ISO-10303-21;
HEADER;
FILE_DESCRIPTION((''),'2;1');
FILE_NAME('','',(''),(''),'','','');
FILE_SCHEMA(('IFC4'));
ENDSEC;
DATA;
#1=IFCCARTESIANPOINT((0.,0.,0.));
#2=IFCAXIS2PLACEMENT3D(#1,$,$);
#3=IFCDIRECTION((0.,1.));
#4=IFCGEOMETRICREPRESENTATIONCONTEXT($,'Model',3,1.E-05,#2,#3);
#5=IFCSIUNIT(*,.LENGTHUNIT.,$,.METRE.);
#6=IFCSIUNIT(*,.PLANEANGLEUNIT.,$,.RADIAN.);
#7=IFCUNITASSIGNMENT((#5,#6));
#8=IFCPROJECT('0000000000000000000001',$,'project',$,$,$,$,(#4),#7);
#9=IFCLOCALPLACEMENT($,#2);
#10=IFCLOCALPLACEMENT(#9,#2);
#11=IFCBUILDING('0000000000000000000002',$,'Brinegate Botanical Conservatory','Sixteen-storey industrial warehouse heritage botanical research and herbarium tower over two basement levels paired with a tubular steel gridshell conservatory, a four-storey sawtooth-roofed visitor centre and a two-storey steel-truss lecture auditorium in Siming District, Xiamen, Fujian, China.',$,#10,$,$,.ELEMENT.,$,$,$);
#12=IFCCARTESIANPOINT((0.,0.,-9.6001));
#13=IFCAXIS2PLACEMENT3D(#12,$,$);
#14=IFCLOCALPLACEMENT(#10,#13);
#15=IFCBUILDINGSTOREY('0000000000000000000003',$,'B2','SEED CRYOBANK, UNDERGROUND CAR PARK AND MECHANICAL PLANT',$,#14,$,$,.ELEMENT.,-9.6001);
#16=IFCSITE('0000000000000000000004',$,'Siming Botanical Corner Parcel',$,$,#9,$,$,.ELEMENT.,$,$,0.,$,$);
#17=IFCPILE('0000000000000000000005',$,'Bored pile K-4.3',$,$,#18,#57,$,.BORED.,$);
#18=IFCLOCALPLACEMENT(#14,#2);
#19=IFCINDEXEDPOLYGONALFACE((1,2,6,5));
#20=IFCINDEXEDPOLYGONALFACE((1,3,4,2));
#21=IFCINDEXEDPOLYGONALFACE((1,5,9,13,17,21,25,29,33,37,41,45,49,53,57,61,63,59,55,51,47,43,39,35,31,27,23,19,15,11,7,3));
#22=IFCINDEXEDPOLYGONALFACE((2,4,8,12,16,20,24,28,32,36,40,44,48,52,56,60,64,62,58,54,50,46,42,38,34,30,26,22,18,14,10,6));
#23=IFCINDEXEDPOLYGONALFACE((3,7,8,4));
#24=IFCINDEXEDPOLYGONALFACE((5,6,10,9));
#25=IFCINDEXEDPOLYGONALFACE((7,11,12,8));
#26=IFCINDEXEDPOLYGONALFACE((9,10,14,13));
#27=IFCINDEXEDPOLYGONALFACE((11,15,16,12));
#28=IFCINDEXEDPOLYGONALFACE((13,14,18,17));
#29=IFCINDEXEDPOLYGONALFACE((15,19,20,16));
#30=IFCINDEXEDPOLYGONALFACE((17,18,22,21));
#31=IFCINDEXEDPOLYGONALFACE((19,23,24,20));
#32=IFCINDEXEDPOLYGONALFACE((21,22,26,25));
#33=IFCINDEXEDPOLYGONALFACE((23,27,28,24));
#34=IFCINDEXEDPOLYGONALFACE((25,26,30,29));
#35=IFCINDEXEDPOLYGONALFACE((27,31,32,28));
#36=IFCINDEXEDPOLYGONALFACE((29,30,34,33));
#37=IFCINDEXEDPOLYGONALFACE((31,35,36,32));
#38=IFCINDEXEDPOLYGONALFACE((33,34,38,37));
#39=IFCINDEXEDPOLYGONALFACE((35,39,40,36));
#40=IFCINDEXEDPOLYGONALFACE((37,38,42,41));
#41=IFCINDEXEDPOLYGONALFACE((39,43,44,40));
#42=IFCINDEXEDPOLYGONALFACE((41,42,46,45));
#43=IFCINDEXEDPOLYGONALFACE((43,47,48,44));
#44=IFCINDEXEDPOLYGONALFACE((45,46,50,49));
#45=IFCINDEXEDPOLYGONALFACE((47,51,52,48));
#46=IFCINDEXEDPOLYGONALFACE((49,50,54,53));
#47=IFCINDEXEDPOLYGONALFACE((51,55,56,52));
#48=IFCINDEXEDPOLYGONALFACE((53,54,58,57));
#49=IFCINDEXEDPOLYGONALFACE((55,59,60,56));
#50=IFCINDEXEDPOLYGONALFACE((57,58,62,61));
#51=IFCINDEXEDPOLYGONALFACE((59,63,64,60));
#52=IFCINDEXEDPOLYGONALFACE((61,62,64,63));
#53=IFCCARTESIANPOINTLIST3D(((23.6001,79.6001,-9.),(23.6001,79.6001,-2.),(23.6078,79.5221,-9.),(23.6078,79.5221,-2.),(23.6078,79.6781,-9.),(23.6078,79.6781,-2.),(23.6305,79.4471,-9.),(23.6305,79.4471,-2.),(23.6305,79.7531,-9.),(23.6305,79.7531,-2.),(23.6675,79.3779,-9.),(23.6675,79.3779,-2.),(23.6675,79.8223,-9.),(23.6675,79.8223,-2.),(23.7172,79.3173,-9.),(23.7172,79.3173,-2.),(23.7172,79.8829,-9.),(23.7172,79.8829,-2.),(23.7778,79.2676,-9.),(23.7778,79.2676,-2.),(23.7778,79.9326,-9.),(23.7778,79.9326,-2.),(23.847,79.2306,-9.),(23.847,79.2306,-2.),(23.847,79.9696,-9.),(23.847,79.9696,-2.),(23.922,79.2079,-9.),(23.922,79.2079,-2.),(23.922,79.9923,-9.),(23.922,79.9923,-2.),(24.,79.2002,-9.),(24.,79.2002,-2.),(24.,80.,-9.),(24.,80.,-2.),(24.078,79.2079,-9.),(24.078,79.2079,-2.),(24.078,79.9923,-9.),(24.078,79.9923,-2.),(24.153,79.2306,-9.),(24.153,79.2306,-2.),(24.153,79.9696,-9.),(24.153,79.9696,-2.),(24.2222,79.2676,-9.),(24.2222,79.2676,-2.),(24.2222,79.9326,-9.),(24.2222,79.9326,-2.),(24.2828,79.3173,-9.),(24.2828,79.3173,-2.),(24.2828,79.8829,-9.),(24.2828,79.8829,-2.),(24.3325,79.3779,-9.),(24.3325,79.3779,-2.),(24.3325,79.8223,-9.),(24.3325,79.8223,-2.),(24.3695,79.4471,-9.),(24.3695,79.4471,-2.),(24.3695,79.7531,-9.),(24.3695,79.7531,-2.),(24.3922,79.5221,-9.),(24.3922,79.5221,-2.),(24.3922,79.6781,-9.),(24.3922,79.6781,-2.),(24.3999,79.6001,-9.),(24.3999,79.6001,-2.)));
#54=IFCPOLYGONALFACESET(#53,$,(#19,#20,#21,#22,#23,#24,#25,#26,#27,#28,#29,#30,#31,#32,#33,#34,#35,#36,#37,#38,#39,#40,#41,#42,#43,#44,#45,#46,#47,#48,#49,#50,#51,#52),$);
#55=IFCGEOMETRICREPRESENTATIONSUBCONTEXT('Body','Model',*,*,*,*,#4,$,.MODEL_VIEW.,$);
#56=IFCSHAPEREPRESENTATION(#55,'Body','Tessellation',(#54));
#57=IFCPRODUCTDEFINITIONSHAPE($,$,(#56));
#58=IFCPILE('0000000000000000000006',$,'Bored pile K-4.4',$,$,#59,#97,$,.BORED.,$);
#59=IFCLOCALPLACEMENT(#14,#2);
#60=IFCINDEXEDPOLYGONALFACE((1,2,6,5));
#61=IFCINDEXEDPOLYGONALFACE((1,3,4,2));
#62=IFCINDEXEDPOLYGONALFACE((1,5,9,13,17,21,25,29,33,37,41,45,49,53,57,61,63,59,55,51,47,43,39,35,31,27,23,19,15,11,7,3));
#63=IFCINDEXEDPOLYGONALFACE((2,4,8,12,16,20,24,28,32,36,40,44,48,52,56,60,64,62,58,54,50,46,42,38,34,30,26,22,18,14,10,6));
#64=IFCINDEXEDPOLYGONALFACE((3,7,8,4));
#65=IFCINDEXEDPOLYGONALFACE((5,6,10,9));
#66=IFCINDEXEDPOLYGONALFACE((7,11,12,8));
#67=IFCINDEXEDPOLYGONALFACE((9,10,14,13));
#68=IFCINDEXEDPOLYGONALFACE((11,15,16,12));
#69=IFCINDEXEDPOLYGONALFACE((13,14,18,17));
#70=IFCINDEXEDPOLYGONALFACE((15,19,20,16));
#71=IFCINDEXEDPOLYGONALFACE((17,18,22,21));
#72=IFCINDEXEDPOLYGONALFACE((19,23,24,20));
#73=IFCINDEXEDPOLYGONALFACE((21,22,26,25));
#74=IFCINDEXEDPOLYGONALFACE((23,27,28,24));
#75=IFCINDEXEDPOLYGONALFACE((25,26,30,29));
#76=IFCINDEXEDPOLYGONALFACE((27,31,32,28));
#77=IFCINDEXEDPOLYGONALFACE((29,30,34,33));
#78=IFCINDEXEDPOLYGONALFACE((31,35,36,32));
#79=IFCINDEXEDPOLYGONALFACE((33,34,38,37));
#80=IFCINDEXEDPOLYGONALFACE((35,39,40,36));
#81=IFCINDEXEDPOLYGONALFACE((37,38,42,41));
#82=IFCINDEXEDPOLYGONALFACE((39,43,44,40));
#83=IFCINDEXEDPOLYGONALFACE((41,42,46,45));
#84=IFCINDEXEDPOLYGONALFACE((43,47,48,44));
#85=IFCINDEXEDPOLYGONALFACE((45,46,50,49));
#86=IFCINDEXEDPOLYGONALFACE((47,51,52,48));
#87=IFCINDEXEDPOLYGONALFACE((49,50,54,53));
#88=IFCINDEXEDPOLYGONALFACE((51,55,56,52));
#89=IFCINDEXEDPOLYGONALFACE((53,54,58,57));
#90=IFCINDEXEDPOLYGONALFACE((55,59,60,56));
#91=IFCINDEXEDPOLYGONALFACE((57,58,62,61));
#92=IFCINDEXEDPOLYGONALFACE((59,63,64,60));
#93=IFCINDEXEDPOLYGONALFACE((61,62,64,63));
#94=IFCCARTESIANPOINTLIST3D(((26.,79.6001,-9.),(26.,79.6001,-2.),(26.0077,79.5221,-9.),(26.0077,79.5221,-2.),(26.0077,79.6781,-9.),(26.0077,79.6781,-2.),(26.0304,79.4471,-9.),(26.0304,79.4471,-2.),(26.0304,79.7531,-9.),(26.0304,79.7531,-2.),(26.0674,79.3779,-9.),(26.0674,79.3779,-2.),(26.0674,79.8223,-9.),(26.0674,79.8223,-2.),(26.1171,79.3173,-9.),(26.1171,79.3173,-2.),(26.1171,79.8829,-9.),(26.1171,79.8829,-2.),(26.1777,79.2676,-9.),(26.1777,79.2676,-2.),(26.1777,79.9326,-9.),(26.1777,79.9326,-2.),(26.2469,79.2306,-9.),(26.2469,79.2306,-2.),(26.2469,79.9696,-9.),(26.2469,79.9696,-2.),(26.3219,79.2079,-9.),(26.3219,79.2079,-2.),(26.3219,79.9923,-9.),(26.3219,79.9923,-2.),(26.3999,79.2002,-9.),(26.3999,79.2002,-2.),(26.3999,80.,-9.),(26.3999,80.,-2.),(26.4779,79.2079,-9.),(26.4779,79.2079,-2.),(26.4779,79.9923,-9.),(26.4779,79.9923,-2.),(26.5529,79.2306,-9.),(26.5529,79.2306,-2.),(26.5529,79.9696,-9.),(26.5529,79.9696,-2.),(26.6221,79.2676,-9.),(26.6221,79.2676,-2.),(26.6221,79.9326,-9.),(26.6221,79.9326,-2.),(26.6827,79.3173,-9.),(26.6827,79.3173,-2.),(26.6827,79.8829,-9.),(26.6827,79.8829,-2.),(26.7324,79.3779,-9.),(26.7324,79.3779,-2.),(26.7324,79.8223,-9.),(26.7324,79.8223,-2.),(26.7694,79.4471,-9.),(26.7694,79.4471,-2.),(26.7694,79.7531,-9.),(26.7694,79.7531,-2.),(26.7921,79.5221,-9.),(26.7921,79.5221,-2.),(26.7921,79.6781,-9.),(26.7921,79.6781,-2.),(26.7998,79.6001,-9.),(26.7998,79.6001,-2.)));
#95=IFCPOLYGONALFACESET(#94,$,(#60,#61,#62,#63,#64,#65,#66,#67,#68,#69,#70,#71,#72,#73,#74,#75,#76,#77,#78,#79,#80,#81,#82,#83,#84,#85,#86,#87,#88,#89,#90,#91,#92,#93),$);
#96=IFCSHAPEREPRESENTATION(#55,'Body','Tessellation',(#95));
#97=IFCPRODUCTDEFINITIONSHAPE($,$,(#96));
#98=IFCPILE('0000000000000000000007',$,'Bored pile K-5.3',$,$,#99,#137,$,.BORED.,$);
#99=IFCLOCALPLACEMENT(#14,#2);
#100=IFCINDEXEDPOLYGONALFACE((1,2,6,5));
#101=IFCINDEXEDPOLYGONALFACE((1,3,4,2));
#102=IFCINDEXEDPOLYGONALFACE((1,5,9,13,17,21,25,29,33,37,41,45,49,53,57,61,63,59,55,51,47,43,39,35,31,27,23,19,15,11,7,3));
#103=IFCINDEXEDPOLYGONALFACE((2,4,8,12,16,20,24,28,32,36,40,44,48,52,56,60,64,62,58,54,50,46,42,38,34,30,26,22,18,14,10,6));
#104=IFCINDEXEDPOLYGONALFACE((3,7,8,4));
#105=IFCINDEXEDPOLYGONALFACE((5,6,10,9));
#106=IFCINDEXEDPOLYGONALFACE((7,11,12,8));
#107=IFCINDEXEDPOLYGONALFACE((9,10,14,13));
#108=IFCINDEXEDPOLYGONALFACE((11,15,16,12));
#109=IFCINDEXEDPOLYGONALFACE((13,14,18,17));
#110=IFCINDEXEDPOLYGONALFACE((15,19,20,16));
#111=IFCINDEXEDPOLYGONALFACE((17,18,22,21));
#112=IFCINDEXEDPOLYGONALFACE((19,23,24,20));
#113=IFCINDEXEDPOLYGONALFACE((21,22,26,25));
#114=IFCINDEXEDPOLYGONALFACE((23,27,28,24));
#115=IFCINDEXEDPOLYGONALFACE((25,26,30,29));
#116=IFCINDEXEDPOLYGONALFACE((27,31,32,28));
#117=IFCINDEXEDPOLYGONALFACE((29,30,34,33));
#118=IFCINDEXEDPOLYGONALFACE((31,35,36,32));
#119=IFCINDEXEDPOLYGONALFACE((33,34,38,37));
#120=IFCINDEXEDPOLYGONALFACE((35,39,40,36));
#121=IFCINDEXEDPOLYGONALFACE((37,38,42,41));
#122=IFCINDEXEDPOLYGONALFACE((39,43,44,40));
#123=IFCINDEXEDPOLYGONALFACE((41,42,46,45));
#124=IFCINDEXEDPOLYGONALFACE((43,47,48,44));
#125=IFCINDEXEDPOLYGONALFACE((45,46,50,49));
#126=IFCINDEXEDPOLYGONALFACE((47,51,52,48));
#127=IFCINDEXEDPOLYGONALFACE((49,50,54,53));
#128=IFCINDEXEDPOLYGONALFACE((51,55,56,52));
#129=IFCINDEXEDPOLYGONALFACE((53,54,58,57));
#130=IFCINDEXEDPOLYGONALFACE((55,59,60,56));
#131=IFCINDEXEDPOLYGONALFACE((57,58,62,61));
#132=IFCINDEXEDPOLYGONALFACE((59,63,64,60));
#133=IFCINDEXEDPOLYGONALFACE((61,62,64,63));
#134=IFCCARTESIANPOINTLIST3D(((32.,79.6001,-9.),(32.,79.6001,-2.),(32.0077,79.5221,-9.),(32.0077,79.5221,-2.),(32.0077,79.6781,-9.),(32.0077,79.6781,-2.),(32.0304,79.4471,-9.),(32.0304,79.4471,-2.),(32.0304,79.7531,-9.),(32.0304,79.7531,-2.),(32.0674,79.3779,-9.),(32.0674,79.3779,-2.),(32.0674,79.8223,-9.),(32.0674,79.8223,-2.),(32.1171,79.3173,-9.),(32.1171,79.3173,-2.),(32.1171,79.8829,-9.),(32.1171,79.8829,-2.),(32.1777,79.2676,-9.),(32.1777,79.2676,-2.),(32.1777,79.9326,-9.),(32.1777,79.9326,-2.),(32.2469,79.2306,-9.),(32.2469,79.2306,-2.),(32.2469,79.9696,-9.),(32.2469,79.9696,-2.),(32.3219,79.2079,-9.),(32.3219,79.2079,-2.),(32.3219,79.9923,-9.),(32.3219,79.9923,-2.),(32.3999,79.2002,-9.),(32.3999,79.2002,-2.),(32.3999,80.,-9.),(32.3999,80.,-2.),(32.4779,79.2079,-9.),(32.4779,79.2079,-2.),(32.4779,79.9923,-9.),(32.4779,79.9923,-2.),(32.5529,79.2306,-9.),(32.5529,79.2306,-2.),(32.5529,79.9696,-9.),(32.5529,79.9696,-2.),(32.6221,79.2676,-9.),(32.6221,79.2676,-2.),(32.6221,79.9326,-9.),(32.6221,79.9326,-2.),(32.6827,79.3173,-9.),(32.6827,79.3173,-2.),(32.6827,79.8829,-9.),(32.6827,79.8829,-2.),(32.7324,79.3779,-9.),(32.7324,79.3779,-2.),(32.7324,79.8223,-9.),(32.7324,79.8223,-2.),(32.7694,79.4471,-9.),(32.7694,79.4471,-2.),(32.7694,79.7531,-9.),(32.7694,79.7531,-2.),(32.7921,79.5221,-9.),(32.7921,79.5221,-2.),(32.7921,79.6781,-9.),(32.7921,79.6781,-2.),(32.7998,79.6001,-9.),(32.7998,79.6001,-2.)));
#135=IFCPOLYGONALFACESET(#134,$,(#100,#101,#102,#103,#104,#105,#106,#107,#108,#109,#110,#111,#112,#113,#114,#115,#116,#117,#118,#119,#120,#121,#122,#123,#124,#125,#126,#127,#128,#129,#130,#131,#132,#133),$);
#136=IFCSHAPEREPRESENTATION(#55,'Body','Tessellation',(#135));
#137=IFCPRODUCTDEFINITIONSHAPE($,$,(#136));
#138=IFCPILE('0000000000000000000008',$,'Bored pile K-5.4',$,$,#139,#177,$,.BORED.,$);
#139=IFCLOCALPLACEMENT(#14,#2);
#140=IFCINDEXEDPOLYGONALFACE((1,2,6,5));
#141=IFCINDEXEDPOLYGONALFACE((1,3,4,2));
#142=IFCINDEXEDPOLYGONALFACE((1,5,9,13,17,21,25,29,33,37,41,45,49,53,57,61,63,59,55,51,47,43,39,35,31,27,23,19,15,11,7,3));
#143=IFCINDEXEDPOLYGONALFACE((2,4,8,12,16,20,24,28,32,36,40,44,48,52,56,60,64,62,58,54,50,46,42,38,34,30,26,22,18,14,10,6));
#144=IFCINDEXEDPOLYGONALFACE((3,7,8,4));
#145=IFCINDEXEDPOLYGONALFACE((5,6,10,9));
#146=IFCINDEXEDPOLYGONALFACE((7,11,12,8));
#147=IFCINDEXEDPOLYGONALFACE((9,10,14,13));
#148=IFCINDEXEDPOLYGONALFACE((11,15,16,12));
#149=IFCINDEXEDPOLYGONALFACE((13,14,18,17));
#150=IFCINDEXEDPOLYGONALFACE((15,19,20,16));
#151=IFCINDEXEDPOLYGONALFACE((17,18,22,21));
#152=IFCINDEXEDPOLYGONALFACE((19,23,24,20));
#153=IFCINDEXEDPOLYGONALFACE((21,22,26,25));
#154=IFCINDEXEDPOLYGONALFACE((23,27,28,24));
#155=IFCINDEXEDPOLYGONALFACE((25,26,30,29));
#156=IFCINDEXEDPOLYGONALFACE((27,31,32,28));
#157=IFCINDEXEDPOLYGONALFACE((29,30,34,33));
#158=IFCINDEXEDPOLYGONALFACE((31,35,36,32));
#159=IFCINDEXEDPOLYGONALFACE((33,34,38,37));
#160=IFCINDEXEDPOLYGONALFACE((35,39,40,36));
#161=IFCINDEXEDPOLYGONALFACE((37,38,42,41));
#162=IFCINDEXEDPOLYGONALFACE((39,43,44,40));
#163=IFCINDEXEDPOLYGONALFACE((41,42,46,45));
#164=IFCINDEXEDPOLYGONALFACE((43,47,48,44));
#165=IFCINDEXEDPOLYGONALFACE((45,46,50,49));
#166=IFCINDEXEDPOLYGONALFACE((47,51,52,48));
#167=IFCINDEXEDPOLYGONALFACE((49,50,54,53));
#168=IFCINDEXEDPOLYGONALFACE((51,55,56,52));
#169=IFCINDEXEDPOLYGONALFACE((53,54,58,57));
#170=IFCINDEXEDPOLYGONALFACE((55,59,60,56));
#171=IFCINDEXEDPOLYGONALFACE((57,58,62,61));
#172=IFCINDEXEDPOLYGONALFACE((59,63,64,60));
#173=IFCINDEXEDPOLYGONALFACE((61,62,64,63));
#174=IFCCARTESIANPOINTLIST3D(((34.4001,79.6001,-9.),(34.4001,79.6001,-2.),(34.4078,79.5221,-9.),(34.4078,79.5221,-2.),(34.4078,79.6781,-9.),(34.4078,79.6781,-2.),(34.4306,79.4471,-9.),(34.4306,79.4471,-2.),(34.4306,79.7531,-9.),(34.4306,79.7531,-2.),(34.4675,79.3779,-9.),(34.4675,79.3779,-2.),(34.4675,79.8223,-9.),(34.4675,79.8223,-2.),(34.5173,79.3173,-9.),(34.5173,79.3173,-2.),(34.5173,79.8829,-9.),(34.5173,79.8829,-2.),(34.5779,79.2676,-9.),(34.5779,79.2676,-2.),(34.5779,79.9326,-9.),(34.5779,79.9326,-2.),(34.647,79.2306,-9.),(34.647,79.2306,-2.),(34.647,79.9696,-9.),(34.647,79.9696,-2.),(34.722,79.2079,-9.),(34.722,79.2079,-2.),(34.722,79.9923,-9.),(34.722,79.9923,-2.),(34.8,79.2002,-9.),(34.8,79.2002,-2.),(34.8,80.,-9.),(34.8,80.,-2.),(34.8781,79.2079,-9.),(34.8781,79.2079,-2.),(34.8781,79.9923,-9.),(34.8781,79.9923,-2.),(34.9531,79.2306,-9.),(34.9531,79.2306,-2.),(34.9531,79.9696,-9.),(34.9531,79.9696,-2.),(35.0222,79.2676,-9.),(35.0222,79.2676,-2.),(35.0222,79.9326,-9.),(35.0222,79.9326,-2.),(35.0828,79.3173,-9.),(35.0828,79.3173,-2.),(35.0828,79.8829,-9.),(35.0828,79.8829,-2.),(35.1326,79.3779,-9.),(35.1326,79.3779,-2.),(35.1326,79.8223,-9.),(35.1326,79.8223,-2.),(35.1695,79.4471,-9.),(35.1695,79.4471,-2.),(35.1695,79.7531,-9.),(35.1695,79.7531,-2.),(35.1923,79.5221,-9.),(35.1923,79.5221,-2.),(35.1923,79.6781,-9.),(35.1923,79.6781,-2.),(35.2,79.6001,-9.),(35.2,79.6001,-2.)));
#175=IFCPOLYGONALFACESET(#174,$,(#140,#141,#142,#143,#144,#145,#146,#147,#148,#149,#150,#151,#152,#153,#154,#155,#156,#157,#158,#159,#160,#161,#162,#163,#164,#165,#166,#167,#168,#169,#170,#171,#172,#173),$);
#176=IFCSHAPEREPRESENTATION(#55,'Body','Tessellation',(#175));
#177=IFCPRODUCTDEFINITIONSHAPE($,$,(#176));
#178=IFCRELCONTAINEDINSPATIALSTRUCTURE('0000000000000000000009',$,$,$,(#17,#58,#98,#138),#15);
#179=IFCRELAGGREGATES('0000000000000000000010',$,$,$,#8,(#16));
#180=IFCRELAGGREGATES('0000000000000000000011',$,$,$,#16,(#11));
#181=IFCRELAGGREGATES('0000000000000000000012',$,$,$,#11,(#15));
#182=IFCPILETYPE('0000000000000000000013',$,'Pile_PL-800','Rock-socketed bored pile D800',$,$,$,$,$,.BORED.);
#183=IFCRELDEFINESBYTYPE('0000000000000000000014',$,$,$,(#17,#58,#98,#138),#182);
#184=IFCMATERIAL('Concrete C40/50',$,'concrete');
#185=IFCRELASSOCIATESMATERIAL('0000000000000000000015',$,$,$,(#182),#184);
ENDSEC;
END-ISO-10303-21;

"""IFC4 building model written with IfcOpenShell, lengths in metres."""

from ifc_helpers import new_model, si_unit, direction, frame, origin, origin_2d, place, context, subcontext, project, spatial, circle, extrude, material, material_profile, profile_set, type_object, element, save


model = new_model("IFC4")

# Units and contexts
model_context = context("Model", 3, precision=1e-05, world=origin(), true_north=direction((0.0, 1.0)))
body_context = subcontext(model_context, "Body", "Model", "MODEL_VIEW")
ifc_project = project(units=[si_unit("LENGTHUNIT", "METRE"), si_unit("PLANEANGLEUNIT", "RADIAN")], contexts=[model_context])

# Site, building, storey
site_placement = place(None, origin())
site = spatial("IfcSite", under=ifc_project, at=site_placement, Name="Siming Botanical Corner Parcel", CompositionType="ELEMENT", RefElevation=0.0)
building_placement = place(site_placement, origin())
building = spatial("IfcBuilding", under=site, at=building_placement, Name="Brinegate Botanical Conservatory", Description="Sixteen-storey industrial warehouse heritage botanical research and herbarium tower over two basement levels paired with a tubular steel gridshell conservatory, a four-storey sawtooth-roofed visitor centre and a two-storey steel-truss lecture auditorium in Siming District, Xiamen, Fujian, China.", CompositionType="ELEMENT")
storey_placement = place(building_placement, frame((0.0, 0.0, -9.6001)))
storey = spatial("IfcBuildingStorey", under=building, at=storey_placement, Name="B2", Description="SEED CRYOBANK, UNDERGROUND CAR PARK AND MECHANICAL PLANT", CompositionType="ELEMENT", Elevation=-9.6001)

# Shared definitions
ifc_material_1 = material(Name="Concrete C40/50", Category="concrete")

# Piles
ifc_material_profile_1 = material_profile(ifc_material_1, circle(Radius=0.3999, at=origin_2d()), Name="PILE D800")
ifc_profile_set_1 = profile_set([ifc_material_profile_1], Name="Concrete C40/50")
pile_type = type_object("IfcPileType", Name="Pile_PL-800", Description="Rock-socketed bored pile D800", PredefinedType="BORED", material=ifc_profile_set_1)
for number, where, z_axis, x_axis, name in (
    (1, (24.0, 79.6001, -2.0), (0.0, 0.0, -1.0), (1.0, 0.0, 0.0), "Bored pile K-4.3"),
    (2, (26.3999, 79.6001, -2.0), (0.0, 0.0, -1.0), (1.0, 0.0, 0.0), "Bored pile K-4.4"),
    (3, (32.3999, 79.6001, -2.0), (0.0, 0.0, -1.0), (1.0, 0.0, 0.0), "Bored pile K-5.3"),
    (4, (34.8, 79.6001, -2.0), (0.0, 0.0, -1.0), (1.0, 0.0, 0.0), "Bored pile K-5.4"),
):
    element("IfcPile", number, at=place(storey_placement, frame(where, z_axis=z_axis, x_axis=x_axis)), inside=storey, type_object=pile_type, Name=name, PredefinedType="BORED", context=body_context, shape_type="SweptSolid", body=[
        extrude(circle(Radius=0.3999, at=origin_2d()), origin(), (0.0, 0.0, 1.0), 7.0),
    ])

save(model, "model.ifc")
